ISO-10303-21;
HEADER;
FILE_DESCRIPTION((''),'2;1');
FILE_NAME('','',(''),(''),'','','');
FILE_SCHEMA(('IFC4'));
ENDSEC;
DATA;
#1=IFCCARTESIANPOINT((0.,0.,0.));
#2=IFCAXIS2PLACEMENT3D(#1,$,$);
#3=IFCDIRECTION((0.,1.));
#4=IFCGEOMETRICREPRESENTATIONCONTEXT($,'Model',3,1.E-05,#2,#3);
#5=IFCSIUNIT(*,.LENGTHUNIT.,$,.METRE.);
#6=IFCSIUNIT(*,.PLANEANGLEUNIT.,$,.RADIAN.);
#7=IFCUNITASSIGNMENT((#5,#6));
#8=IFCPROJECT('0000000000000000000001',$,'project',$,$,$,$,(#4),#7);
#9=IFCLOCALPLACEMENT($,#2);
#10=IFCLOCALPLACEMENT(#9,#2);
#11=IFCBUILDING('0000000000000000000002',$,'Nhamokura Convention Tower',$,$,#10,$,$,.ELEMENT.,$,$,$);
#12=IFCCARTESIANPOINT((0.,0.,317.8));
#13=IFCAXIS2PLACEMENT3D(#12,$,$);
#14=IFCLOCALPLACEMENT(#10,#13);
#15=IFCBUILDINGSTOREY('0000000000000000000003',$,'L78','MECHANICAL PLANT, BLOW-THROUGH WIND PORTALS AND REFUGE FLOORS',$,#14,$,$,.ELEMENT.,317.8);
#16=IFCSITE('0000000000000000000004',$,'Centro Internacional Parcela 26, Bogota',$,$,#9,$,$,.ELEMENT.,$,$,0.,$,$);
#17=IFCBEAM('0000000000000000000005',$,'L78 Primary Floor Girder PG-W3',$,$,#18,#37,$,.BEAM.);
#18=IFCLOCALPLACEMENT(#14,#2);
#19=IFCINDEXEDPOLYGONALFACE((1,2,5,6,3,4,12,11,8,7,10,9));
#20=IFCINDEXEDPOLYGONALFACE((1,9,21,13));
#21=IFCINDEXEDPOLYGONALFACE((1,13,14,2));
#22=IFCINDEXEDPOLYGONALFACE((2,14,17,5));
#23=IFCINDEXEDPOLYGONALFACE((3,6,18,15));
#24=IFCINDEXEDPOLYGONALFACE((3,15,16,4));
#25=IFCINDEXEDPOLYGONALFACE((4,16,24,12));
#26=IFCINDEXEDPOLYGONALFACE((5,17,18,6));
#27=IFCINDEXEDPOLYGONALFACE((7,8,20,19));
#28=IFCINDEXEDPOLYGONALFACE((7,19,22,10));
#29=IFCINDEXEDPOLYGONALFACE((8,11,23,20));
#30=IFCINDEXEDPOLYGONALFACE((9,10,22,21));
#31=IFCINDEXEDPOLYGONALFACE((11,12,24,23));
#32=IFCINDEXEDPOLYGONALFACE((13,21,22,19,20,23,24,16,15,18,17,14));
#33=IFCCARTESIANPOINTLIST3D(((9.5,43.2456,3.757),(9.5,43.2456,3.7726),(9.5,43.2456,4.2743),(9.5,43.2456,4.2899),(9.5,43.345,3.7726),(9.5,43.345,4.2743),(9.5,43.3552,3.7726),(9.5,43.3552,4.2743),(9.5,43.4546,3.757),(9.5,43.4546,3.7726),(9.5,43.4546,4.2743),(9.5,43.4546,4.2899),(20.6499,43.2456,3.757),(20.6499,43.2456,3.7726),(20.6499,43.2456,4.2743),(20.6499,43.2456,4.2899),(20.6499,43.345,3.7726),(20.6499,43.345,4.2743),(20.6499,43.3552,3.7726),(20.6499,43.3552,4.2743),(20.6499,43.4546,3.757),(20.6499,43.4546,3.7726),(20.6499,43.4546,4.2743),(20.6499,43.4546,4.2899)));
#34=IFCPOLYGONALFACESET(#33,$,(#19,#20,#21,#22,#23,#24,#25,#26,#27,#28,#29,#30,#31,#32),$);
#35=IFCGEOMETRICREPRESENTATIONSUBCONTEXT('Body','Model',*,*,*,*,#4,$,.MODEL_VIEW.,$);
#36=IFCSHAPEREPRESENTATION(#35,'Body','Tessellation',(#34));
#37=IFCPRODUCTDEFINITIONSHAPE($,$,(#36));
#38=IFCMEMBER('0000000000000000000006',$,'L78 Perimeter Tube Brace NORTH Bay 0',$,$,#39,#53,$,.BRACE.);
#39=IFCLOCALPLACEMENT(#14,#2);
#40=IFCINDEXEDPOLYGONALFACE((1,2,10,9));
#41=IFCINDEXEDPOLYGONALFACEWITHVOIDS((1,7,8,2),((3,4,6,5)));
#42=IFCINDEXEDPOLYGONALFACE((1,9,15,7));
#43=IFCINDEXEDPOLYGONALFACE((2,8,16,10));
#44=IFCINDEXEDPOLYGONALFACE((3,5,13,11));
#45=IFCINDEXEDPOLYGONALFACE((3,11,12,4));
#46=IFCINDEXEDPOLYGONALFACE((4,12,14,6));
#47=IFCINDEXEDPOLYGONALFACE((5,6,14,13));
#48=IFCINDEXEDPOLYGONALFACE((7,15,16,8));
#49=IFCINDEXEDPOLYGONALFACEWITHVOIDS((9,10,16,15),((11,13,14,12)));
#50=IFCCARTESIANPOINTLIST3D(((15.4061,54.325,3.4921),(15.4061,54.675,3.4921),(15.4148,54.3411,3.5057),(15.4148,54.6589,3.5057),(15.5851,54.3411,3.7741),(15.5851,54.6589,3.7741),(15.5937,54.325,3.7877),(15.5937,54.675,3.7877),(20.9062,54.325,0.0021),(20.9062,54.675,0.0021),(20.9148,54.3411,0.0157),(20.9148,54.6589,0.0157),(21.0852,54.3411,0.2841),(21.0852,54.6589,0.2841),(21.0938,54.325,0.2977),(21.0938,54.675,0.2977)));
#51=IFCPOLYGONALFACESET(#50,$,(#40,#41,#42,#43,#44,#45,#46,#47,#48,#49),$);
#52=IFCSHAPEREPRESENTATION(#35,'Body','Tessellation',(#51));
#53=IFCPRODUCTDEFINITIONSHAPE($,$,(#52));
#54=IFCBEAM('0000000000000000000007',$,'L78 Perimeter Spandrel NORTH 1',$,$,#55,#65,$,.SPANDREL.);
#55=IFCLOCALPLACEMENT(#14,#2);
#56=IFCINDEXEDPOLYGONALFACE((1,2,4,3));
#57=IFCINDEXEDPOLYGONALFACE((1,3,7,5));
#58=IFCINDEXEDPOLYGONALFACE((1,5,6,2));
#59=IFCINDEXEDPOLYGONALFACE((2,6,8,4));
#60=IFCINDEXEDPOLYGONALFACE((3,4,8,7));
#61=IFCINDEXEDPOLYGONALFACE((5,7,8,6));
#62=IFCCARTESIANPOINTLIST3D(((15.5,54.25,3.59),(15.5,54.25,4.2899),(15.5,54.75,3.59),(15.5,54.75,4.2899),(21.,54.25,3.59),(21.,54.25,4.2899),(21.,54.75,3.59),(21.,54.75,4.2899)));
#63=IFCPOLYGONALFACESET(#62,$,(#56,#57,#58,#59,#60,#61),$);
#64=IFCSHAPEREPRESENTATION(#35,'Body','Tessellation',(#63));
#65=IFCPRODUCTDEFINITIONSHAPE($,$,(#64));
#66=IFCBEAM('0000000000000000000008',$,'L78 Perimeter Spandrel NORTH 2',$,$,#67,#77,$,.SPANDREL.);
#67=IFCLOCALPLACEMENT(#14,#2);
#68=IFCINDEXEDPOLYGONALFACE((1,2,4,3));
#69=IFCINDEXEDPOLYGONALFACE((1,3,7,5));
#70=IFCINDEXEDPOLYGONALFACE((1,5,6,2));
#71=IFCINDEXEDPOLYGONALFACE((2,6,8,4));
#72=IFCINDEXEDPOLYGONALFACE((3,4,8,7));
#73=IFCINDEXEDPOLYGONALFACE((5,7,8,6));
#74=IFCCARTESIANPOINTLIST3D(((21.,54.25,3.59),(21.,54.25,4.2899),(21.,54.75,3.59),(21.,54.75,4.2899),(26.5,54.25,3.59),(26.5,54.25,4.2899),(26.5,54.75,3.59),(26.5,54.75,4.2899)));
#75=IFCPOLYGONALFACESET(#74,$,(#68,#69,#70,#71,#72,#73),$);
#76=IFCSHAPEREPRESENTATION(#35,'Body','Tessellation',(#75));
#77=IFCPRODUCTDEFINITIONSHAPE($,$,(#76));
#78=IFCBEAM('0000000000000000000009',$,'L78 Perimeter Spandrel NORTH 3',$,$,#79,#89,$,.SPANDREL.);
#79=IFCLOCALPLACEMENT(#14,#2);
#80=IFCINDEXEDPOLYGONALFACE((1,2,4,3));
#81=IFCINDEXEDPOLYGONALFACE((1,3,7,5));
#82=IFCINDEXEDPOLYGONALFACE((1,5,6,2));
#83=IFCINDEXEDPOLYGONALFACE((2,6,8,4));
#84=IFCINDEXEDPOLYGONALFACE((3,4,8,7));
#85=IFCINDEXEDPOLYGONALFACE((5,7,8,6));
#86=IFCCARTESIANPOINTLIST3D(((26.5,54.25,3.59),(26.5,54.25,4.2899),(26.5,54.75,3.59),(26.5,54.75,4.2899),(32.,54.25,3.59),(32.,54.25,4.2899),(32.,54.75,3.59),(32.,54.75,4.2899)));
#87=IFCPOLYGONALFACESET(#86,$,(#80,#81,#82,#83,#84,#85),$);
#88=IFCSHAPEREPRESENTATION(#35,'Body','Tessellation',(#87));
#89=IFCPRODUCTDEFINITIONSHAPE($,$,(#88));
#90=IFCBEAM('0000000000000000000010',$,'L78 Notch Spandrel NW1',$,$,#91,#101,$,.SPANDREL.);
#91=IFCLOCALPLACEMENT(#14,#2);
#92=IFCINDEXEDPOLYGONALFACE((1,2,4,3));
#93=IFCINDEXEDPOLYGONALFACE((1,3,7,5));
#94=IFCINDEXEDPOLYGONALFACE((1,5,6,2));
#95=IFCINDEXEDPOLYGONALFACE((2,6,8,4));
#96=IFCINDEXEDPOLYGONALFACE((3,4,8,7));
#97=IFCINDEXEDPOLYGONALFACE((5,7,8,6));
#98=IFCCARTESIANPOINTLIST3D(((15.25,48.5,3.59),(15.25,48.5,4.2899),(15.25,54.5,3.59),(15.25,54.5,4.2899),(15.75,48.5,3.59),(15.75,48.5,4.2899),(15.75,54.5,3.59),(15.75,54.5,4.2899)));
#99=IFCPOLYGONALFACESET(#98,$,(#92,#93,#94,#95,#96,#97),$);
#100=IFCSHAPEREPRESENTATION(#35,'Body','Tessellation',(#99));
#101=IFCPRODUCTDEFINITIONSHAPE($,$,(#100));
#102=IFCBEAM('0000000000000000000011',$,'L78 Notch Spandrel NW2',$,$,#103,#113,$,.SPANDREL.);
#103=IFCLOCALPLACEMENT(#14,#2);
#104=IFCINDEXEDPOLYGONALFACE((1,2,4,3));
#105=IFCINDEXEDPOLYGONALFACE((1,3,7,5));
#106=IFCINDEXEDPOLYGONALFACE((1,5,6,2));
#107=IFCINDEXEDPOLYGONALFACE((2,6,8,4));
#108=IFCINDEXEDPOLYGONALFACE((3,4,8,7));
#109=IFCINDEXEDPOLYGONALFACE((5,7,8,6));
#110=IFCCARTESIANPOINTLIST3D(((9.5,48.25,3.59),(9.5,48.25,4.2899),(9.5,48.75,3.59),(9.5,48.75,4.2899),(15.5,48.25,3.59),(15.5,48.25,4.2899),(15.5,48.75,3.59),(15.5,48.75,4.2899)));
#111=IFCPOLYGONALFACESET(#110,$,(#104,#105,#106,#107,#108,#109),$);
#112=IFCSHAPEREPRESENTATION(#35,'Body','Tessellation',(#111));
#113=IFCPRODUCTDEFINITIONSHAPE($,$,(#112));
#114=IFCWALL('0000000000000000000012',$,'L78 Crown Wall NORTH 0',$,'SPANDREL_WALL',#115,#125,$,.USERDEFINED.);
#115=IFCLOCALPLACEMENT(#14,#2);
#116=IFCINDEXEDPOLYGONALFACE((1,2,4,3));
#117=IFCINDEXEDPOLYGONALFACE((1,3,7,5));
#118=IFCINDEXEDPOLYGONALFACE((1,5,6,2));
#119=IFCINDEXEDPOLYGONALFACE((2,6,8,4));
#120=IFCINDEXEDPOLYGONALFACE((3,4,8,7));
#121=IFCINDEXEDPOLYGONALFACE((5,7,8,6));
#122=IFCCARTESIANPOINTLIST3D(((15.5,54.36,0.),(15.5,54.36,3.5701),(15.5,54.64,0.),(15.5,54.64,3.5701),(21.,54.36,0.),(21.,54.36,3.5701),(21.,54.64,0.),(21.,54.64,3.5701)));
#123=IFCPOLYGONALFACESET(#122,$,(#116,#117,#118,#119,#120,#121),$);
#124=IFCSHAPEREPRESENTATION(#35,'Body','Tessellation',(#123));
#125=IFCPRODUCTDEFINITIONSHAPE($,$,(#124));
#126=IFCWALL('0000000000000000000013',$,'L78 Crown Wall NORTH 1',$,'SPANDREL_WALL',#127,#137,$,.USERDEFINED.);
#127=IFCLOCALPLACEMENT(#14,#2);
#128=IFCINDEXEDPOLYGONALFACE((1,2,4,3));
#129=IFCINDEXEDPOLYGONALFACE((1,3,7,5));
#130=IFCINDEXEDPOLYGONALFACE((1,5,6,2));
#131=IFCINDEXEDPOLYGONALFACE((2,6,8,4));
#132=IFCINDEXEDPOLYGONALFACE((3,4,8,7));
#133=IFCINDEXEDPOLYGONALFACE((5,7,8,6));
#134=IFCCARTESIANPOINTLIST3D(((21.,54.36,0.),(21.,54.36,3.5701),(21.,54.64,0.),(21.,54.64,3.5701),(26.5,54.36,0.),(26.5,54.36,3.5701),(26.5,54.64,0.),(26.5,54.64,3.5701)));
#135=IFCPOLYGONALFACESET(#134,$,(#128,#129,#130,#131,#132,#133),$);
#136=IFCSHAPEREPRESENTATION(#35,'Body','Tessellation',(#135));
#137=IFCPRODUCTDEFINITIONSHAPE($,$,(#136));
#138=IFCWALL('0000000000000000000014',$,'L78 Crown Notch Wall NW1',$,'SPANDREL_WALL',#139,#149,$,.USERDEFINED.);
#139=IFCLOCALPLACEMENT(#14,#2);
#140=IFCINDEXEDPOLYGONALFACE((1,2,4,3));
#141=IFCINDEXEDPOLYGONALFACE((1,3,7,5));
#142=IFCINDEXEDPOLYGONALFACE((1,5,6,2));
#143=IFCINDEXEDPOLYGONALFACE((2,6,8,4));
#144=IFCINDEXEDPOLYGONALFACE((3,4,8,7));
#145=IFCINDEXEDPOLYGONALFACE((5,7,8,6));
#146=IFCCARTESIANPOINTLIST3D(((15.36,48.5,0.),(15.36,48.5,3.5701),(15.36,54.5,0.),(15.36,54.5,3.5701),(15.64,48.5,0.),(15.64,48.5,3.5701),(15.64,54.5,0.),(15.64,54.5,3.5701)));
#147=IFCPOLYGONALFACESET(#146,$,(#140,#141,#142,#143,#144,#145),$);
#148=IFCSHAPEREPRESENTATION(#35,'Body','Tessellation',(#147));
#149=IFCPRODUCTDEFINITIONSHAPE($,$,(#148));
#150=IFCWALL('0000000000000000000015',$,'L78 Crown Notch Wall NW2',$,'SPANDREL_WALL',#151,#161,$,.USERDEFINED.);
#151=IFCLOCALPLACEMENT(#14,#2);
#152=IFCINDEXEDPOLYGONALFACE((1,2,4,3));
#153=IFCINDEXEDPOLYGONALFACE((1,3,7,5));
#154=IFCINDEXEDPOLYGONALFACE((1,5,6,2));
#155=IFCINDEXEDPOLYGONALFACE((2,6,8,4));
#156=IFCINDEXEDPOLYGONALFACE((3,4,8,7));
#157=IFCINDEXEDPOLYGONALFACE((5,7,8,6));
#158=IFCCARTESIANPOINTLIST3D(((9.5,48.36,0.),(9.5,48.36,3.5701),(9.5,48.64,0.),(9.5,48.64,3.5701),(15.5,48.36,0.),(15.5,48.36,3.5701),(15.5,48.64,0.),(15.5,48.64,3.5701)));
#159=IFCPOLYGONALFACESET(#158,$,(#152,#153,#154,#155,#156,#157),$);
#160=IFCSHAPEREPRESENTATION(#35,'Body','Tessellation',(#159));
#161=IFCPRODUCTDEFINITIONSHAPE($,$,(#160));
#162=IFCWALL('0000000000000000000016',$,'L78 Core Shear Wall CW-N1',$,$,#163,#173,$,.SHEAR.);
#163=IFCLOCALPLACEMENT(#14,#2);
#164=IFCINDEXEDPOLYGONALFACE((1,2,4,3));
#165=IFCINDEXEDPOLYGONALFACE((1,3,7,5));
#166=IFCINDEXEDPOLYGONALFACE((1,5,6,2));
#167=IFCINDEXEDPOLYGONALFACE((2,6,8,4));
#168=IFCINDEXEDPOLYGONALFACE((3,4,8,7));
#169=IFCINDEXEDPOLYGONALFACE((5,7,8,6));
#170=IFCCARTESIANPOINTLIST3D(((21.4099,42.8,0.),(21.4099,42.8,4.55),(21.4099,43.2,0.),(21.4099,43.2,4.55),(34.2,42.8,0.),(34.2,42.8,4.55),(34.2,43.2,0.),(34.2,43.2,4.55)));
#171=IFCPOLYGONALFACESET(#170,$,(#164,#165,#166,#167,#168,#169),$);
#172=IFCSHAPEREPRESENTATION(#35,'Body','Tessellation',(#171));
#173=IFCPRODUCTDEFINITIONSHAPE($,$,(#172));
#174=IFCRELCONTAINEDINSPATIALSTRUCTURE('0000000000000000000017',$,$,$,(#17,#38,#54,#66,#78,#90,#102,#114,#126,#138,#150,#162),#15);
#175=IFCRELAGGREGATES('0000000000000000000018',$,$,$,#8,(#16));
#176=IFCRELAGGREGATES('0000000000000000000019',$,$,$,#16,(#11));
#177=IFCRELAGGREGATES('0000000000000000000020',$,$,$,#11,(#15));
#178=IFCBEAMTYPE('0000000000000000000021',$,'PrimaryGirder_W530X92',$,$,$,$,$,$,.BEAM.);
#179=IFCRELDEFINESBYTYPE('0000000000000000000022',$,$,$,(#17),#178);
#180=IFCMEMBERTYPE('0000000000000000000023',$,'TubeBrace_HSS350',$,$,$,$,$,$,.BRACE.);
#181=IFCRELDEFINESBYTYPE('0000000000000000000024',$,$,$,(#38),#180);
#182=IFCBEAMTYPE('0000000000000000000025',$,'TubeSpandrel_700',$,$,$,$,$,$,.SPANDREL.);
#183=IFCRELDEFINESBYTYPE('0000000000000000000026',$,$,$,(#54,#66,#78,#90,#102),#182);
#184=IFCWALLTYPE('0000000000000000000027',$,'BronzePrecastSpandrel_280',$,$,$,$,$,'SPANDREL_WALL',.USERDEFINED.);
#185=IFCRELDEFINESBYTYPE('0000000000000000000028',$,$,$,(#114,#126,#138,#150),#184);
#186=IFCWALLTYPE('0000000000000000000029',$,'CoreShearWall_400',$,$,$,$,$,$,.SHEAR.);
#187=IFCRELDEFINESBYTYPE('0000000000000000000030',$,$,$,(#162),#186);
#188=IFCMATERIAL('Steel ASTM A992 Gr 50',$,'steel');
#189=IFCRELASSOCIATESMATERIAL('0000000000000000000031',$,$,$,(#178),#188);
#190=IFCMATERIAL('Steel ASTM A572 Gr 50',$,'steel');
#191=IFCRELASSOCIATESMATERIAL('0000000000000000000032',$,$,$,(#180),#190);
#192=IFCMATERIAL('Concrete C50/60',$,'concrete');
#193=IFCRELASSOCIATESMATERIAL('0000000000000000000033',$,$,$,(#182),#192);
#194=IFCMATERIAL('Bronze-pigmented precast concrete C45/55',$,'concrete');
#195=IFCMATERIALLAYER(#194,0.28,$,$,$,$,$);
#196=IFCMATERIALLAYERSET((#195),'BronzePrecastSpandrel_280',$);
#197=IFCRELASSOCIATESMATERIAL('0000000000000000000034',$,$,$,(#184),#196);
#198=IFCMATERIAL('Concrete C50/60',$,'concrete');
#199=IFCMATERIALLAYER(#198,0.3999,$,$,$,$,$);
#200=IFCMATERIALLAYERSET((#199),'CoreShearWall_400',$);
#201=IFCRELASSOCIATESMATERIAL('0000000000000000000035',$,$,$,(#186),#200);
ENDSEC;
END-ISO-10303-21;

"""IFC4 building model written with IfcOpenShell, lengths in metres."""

from ifc_helpers import new_model, si_unit, direction, frame, frame_2d, origin, origin_2d, place, context, subcontext, project, spatial, rectangle, hollow_rectangle, i_section, extrude, material, layer, layer_set, material_profile, profile_set, type_object, element, save


model = new_model("IFC4")

# Units and contexts
model_context = context("Model", 3, precision=1e-05, world=origin(), true_north=direction((0.0, 1.0)))
body_context = subcontext(model_context, "Body", "Model", "MODEL_VIEW")
ifc_project = project(units=[si_unit("LENGTHUNIT", "METRE"), si_unit("PLANEANGLEUNIT", "RADIAN")], contexts=[model_context])

# Site, building, storey
site_placement = place(None, origin())
site = spatial("IfcSite", under=ifc_project, at=site_placement, Name="Centro Internacional Parcela 26, Bogota", CompositionType="ELEMENT", RefElevation=0.0)
building_placement = place(site_placement, origin())
building = spatial("IfcBuilding", under=site, at=building_placement, Name="Nhamokura Convention Tower", CompositionType="ELEMENT")
storey_placement = place(building_placement, frame((0.0, 0.0, 317.8)))
storey = spatial("IfcBuildingStorey", under=building, at=storey_placement, Name="L78", Description="MECHANICAL PLANT, BLOW-THROUGH WIND PORTALS AND REFUGE FLOORS", CompositionType="ELEMENT", Elevation=317.8)

# Beam
ifc_material_1 = material(Name="Steel ASTM A992 Gr 50", Category="steel")
ifc_material_profile_1 = material_profile(ifc_material_1, i_section(OverallWidth=0.209, OverallDepth=0.533, WebThickness=0.0103, FlangeThickness=0.0156, at=origin_2d()))
ifc_profile_set_1 = profile_set([ifc_material_profile_1], Name="Steel ASTM A992 Gr 50")
beam_type_1 = type_object("IfcBeamType", Name="PrimaryGirder_W530X92", PredefinedType="BEAM", material=ifc_profile_set_1)
for number, where, z_axis, x_axis, name in (
    (1, (9.5, 43.3501, 4.0234), (1.0, 0.0, 0.0), (0.0, 1.0, 0.0), "L78 Primary Floor Girder PG-W3"),
):
    element("IfcBeam", number, at=place(storey_placement, frame(where, z_axis=z_axis, x_axis=x_axis)), inside=storey, type_object=beam_type_1, Name=name, PredefinedType="BEAM", context=body_context, shape_type="SweptSolid", body=[
        extrude(i_section(OverallWidth=0.209, OverallDepth=0.533, WebThickness=0.0103, FlangeThickness=0.0156, at=origin_2d()), origin(), (0.0, 0.0, 1.0), 11.1499),
    ])

# Member
ifc_material_2 = material(Name="Steel ASTM A572 Gr 50", Category="steel")
ifc_material_profile_2 = material_profile(ifc_material_2, hollow_rectangle(XDim=0.3501, YDim=0.3501, WallThickness=0.0161, at=origin_2d()))
ifc_profile_set_2 = profile_set([ifc_material_profile_2], Name="Steel ASTM A572 Gr 50")
member_type = type_object("IfcMemberType", Name="TubeBrace_HSS350", PredefinedType="BRACE", material=ifc_profile_set_2)
member_placement = place(storey_placement, frame((21.0, 54.5, 0.1499), z_axis=(-0.844357, 0.0, 0.535781), x_axis=(0.0, -1.0, 0.0)))
element("IfcMember", 2, at=member_placement, inside=storey, type_object=member_type, Name="L78 Perimeter Tube Brace NORTH Bay 0", PredefinedType="BRACE", context=body_context, shape_type="SweptSolid", body=[
    extrude(hollow_rectangle(XDim=0.3501, YDim=0.3501, WallThickness=0.0161, at=origin_2d()), origin(), (0.0, 0.0, 1.0), 6.5139),
])

# Beams
ifc_material_3 = material(Name="Concrete C50/60", Category="concrete")
ifc_material_profile_3 = material_profile(ifc_material_3, rectangle(XDim=0.5, YDim=0.7, at=origin_2d()))
ifc_profile_set_3 = profile_set([ifc_material_profile_3], Name="Concrete C50/60")
beam_type_2 = type_object("IfcBeamType", Name="TubeSpandrel_700", PredefinedType="SPANDREL", material=ifc_profile_set_3)
for number, where, z_axis, x_axis, name in (
    (3, (15.5, 54.5, 3.9399), (1.0, 0.0, 0.0), (0.0, 1.0, 0.0), "L78 Perimeter Spandrel NORTH 1"),
    (4, (21.0, 54.5, 3.9399), (1.0, 0.0, 0.0), (0.0, 1.0, 0.0), "L78 Perimeter Spandrel NORTH 2"),
    (5, (26.5, 54.5, 3.9399), (1.0, 0.0, 0.0), (0.0, 1.0, 0.0), "L78 Perimeter Spandrel NORTH 3"),
):
    element("IfcBeam", number, at=place(storey_placement, frame(where, z_axis=z_axis, x_axis=x_axis)), inside=storey, type_object=beam_type_2, Name=name, PredefinedType="SPANDREL", context=body_context, shape_type="SweptSolid", body=[
        extrude(rectangle(XDim=0.5, YDim=0.7, at=origin_2d()), origin(), (0.0, 0.0, 1.0), 5.5),
    ])
for number, where, z_axis, x_axis, name in (
    (6, (15.5, 54.5, 3.9399), (0.0, -1.0, 0.0), (1.0, 0.0, 0.0), "L78 Notch Spandrel NW1"),
    (7, (15.5, 48.5, 3.9399), (-1.0, 0.0, 0.0), (0.0, -1.0, 0.0), "L78 Notch Spandrel NW2"),
):
    element("IfcBeam", number, at=place(storey_placement, frame(where, z_axis=z_axis, x_axis=x_axis)), inside=storey, type_object=beam_type_2, Name=name, PredefinedType="SPANDREL", context=body_context, shape_type="SweptSolid", body=[
        extrude(rectangle(XDim=0.5, YDim=0.7, at=origin_2d()), origin(), (0.0, 0.0, 1.0), 6.0),
    ])

# Walls
ifc_material_4 = material(Name="Bronze-pigmented precast concrete C45/55", Category="concrete")
ifc_layer_1 = layer(ifc_material_4, 0.28)
ifc_layer_set_1 = layer_set([ifc_layer_1], Name="BronzePrecastSpandrel_280")
wall_type_1 = type_object("IfcWallType", Name="BronzePrecastSpandrel_280", ElementType="SPANDREL_WALL", PredefinedType="USERDEFINED", material=ifc_layer_set_1)
for number, where, z_axis, x_axis, name in (
    (8, (15.5, 54.5, 0.0), (0.0, 0.0, 1.0), (1.0, 0.0, 0.0), "L78 Crown Wall NORTH 0"),
    (9, (21.0, 54.5, 0.0), (0.0, 0.0, 1.0), (1.0, 0.0, 0.0), "L78 Crown Wall NORTH 1"),
):
    element("IfcWall", number, at=place(storey_placement, frame(where, z_axis=z_axis, x_axis=x_axis)), inside=storey, type_object=wall_type_1, Name=name, ObjectType="SPANDREL_WALL", PredefinedType="USERDEFINED", context=body_context, shape_type="SweptSolid", body=[
        extrude(rectangle(XDim=5.5, YDim=0.28, at=frame_2d((2.75, 0.0))), origin(), (0.0, 0.0, 1.0), 3.5701),
    ])
for number, where, z_axis, x_axis, name in (
    (10, (15.5, 48.5, 0.0), (0.0, 0.0, 1.0), (0.0, 1.0, 0.0), "L78 Crown Notch Wall NW1"),
    (11, (9.5, 48.5, 0.0), (0.0, 0.0, 1.0), (1.0, 0.0, 0.0), "L78 Crown Notch Wall NW2"),
):
    element("IfcWall", number, at=place(storey_placement, frame(where, z_axis=z_axis, x_axis=x_axis)), inside=storey, type_object=wall_type_1, Name=name, ObjectType="SPANDREL_WALL", PredefinedType="USERDEFINED", context=body_context, shape_type="SweptSolid", body=[
        extrude(rectangle(XDim=6.0, YDim=0.28, at=frame_2d((3.0, 0.0))), origin(), (0.0, 0.0, 1.0), 3.5701),
    ])
ifc_material_5 = material(Name="Concrete C50/60", Category="concrete")
ifc_layer_2 = layer(ifc_material_5, 0.3999)
ifc_layer_set_2 = layer_set([ifc_layer_2], Name="CoreShearWall_400")
wall_type_2 = type_object("IfcWallType", Name="CoreShearWall_400", PredefinedType="SHEAR", material=ifc_layer_set_2)
wall_1_placement = place(storey_placement, frame((21.4099, 43.0, 0.0), z_axis=(0.0, 0.0, 1.0), x_axis=(1.0, 0.0, 0.0)))
element("IfcWall", 12, at=wall_1_placement, inside=storey, type_object=wall_type_2, Name="L78 Core Shear Wall CW-N1", PredefinedType="SHEAR", context=body_context, shape_type="SweptSolid", body=[
    extrude(rectangle(XDim=12.79, YDim=0.3999, at=frame_2d((6.395, 0.0))), origin(), (0.0, 0.0, 1.0), 4.55),
])

save(model, "model.ifc")
